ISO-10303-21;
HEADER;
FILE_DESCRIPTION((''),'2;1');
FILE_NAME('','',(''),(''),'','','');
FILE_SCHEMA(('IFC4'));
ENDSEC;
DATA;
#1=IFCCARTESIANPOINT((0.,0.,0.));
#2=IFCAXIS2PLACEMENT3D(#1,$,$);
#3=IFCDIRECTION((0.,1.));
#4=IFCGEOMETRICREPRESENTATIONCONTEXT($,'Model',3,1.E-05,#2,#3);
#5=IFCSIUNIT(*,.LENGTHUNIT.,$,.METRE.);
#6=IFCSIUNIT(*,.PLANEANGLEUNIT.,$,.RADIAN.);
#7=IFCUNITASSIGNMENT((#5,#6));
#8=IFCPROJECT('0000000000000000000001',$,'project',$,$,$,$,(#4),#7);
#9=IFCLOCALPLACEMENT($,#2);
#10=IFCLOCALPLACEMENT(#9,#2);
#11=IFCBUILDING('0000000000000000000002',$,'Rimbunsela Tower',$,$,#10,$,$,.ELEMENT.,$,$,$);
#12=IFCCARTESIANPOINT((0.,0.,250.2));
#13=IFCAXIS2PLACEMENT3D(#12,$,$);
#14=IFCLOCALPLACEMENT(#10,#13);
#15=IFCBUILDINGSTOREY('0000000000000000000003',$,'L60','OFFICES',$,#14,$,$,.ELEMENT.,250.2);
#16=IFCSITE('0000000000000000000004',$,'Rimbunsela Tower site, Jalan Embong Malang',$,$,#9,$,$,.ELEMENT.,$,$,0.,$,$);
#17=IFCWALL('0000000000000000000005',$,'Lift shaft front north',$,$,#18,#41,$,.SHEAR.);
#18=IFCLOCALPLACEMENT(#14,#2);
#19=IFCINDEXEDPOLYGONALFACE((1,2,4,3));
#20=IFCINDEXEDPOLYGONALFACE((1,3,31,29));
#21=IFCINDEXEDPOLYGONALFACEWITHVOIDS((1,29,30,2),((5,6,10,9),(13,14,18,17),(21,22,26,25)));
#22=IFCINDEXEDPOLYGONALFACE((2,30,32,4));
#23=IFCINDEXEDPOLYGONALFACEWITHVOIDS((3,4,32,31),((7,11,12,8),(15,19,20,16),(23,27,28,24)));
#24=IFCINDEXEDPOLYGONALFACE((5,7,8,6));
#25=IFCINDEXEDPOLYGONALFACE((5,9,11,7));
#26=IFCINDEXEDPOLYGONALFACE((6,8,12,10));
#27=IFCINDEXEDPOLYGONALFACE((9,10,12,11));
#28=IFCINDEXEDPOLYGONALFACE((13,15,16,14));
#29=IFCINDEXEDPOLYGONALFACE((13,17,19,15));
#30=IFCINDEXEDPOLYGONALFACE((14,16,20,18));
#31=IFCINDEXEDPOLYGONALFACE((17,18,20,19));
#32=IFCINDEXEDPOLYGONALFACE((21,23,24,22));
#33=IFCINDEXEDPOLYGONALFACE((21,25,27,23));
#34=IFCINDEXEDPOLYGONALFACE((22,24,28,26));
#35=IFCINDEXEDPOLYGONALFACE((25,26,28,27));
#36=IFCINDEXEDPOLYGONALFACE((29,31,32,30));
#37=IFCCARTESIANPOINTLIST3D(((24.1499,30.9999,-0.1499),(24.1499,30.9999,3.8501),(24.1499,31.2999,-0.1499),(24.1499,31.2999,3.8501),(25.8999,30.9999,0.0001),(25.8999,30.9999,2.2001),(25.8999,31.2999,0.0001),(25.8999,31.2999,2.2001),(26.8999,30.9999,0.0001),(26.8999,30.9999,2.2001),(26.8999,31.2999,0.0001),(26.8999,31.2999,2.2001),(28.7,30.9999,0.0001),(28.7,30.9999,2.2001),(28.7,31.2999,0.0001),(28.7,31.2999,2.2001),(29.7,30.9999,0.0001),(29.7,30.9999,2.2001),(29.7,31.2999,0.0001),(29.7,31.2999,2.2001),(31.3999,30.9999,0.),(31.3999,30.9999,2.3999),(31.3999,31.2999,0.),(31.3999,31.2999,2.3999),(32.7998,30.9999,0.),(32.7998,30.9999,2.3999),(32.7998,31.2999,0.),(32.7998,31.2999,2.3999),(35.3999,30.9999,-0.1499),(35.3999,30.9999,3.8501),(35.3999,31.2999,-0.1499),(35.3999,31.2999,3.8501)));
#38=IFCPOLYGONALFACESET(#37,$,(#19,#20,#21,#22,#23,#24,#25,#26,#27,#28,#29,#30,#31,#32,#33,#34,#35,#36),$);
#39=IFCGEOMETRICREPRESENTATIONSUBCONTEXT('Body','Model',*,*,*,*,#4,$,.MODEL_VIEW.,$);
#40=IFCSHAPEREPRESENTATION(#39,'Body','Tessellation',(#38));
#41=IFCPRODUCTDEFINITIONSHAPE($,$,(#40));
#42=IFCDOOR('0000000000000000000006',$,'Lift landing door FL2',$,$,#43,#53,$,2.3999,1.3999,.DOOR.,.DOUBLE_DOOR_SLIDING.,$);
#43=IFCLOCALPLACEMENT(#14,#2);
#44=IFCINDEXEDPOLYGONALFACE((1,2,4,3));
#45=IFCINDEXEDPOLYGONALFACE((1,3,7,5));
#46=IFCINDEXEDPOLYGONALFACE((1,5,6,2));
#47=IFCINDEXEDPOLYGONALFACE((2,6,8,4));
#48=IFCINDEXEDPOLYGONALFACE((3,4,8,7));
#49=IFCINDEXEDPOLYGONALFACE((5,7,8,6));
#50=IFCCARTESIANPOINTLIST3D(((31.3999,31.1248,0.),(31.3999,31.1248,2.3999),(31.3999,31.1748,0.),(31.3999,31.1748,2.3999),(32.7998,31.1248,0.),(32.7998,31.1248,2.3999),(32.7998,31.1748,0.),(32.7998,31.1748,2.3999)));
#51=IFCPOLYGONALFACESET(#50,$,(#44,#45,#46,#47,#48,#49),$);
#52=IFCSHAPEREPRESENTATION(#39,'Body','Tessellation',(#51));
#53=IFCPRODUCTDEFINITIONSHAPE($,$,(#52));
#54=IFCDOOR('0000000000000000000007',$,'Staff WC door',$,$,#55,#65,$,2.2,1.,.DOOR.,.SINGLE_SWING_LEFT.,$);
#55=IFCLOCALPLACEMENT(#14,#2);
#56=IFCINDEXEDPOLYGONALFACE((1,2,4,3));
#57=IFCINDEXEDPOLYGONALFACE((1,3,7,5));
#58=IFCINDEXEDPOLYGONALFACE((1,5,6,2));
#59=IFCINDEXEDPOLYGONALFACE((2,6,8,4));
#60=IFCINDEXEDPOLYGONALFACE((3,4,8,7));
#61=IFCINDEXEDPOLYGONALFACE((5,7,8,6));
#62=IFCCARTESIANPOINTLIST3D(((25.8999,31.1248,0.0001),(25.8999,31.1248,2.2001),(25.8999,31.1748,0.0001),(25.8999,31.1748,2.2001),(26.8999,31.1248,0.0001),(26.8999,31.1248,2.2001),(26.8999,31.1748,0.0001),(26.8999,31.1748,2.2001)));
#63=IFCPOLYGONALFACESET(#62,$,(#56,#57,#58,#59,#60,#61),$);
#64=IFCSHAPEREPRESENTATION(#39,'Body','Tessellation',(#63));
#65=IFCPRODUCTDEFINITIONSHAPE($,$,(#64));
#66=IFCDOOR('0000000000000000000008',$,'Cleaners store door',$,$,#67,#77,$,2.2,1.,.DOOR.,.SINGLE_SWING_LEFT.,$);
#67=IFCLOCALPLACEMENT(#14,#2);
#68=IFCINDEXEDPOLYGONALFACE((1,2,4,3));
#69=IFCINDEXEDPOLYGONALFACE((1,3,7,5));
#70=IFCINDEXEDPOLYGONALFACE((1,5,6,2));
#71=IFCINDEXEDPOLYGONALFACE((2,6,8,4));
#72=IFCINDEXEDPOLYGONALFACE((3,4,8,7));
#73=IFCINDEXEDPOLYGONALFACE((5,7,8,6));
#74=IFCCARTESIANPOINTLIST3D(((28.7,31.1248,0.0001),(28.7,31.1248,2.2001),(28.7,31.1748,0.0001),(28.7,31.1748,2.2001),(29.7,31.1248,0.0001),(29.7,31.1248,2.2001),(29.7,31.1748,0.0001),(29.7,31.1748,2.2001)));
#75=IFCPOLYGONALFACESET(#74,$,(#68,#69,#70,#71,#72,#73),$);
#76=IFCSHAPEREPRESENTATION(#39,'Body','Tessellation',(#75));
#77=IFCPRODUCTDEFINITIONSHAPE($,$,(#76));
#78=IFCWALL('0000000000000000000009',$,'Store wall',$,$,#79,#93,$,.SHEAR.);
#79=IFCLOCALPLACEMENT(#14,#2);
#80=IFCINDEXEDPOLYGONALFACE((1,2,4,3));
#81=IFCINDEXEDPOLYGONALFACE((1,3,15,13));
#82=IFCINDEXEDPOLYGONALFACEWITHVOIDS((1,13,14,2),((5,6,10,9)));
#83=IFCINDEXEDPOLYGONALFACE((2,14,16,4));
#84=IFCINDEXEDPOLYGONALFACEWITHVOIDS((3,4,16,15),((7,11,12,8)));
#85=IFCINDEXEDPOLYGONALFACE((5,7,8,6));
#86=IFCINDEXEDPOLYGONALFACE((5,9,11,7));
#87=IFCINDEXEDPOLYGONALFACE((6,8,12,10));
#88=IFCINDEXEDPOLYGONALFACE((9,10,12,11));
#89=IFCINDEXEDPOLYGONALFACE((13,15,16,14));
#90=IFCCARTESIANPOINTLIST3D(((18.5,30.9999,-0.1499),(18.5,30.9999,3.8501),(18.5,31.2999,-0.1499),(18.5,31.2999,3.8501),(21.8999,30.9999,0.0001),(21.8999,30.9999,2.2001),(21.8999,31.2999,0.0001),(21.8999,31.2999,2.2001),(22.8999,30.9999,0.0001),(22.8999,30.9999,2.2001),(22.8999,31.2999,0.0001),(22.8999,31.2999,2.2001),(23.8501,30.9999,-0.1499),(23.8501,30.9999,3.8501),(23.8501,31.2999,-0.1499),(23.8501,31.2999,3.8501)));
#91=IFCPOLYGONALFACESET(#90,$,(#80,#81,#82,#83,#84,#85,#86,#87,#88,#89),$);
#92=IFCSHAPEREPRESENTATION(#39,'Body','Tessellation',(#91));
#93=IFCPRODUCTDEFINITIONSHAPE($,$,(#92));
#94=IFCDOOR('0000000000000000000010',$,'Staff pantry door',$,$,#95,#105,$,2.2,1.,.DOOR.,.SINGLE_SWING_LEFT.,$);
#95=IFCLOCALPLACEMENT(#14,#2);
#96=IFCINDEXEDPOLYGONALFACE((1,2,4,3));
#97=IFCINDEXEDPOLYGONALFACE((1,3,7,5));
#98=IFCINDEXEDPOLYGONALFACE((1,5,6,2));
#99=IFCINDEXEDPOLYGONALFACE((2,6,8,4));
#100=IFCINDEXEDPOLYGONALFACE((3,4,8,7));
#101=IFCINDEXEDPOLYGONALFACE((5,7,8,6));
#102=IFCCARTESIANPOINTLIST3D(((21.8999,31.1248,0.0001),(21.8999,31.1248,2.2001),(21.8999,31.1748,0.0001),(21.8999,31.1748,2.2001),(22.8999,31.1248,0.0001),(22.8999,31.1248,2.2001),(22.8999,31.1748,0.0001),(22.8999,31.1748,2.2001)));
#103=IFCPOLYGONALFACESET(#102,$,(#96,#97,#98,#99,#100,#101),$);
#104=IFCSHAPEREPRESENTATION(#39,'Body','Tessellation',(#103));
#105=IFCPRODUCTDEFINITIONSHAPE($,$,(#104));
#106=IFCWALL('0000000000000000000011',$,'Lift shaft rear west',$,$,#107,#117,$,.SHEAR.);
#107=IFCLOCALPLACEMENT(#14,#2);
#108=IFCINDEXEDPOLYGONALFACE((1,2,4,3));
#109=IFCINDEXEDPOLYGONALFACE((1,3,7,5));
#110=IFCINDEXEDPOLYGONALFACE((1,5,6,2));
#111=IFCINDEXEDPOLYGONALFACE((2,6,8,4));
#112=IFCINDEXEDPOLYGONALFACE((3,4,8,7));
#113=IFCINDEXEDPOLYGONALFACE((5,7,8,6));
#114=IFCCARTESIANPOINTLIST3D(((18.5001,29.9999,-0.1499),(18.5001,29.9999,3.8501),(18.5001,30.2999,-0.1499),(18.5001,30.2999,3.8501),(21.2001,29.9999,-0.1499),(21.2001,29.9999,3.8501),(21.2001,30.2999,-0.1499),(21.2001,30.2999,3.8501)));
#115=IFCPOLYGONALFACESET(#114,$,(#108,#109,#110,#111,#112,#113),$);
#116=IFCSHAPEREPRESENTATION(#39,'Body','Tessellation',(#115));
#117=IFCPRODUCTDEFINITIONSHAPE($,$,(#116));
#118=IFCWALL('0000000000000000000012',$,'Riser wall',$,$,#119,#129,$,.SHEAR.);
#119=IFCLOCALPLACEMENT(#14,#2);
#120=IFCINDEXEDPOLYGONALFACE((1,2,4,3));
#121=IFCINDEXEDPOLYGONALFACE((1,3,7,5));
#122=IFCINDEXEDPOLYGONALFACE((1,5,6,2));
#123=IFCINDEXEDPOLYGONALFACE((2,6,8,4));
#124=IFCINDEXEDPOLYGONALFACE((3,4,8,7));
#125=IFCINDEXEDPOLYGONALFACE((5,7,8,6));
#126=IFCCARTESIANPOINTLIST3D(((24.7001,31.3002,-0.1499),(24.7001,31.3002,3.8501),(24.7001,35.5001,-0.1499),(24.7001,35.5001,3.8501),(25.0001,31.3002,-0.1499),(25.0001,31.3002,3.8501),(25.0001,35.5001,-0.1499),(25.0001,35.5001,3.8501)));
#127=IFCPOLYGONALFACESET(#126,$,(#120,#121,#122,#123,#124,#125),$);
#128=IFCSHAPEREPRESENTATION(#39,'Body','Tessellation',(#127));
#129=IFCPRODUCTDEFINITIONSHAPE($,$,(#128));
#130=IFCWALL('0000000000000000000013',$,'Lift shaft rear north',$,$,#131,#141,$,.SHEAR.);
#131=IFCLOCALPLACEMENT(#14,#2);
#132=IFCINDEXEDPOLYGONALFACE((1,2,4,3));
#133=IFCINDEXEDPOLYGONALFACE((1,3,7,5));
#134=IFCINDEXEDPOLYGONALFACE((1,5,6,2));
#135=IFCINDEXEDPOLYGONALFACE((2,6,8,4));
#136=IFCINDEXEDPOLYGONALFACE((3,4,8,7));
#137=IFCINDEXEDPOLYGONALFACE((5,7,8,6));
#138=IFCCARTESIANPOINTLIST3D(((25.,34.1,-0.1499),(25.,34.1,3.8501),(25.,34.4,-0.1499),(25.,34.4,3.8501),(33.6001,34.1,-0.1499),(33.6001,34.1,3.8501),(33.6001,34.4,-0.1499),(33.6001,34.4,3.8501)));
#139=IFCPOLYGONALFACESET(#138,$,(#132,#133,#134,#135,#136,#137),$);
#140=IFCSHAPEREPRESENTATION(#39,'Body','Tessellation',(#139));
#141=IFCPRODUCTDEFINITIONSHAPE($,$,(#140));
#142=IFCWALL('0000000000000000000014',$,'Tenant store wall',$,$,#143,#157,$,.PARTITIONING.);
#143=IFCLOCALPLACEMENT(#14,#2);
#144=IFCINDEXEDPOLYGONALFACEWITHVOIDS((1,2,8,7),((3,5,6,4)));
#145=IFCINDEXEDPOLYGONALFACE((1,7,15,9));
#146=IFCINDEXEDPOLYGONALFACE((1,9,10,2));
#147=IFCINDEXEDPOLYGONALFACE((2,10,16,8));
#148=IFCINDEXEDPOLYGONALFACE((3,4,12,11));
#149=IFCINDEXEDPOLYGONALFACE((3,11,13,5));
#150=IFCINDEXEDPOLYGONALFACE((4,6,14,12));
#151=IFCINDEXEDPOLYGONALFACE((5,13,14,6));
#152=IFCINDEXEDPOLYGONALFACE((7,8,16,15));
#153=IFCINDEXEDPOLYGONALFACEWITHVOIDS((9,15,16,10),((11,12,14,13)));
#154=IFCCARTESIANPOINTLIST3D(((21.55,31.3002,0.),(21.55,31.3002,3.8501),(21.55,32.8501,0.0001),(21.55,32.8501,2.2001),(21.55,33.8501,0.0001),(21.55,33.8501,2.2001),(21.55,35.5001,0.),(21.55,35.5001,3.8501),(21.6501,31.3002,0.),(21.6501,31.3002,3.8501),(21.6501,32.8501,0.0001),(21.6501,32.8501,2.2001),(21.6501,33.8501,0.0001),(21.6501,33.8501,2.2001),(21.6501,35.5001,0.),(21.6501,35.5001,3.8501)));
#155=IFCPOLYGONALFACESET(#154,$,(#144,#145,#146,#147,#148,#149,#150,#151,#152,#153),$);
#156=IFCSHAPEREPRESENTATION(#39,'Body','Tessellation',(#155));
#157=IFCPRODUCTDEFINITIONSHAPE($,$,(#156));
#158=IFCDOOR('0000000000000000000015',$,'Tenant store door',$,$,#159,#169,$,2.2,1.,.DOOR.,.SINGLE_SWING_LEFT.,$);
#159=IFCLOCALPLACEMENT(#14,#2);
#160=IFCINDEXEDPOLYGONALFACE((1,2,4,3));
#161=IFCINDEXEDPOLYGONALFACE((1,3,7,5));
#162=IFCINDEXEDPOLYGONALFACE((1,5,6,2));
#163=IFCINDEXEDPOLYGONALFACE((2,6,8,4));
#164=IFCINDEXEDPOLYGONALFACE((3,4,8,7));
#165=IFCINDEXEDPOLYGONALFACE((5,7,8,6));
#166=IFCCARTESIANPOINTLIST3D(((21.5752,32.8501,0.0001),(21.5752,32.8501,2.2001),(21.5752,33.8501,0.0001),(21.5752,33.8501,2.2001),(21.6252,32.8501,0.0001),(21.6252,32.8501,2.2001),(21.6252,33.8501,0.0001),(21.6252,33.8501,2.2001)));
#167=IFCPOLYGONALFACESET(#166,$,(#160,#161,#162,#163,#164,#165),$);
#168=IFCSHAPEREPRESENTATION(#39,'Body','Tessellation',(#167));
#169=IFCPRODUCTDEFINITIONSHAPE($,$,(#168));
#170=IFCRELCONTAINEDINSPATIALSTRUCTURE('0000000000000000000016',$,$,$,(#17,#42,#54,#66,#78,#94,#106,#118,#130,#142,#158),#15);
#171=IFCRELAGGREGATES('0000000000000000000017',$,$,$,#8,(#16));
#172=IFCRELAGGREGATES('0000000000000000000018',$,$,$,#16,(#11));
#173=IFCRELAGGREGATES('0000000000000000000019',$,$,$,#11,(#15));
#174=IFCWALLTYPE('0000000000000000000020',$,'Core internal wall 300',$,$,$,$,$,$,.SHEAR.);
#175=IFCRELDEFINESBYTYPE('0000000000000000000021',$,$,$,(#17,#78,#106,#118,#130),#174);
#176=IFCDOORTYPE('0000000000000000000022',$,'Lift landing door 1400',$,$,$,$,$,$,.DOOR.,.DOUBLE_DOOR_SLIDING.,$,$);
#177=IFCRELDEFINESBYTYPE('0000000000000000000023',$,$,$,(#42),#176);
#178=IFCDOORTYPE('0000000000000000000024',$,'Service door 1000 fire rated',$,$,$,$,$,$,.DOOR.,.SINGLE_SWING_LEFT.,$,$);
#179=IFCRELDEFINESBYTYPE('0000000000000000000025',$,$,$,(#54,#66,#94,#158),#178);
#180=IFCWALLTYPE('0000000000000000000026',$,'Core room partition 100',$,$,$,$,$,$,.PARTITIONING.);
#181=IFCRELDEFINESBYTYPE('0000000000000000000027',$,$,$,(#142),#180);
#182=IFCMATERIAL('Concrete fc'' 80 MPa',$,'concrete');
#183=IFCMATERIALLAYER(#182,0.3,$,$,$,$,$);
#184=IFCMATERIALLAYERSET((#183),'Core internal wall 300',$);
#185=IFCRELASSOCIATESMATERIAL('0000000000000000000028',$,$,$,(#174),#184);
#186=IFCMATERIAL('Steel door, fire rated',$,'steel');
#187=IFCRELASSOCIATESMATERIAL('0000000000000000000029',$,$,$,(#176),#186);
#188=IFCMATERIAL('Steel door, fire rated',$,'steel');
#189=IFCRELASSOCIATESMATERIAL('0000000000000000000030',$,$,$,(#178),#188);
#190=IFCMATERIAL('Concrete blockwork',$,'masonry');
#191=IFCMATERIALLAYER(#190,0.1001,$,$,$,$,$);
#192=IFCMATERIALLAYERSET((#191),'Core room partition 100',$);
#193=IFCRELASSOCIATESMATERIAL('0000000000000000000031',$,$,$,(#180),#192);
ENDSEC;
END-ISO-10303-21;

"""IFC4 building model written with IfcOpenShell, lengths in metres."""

from ifc_helpers import new_model, si_unit, direction, frame, frame_2d, origin, place, context, subcontext, project, spatial, rectangle, extrude, material, layer, layer_set, type_object, element, fill, save


model = new_model("IFC4")

# Units and contexts
model_context = context("Model", 3, precision=1e-05, world=origin(), true_north=direction((0.0, 1.0)))
body_context = subcontext(model_context, "Body", "Model", "MODEL_VIEW")
ifc_project = project(units=[si_unit("LENGTHUNIT", "METRE"), si_unit("PLANEANGLEUNIT", "RADIAN")], contexts=[model_context])

# Site, building, storey
site_placement = place(None, origin())
site = spatial("IfcSite", under=ifc_project, at=site_placement, Name="Rimbunsela Tower site, Jalan Embong Malang", CompositionType="ELEMENT", RefElevation=0.0)
building_placement = place(site_placement, origin())
building = spatial("IfcBuilding", under=site, at=building_placement, Name="Rimbunsela Tower", CompositionType="ELEMENT")
storey_placement = place(building_placement, frame((0.0, 0.0, 250.2)))
storey = spatial("IfcBuildingStorey", under=building, at=storey_placement, Name="L60", Description="OFFICES", CompositionType="ELEMENT", Elevation=250.2)

# Wall, openings, doors
ifc_material_1 = material(Name="Concrete fc' 80 MPa", Category="concrete")
ifc_layer_1 = layer(ifc_material_1, 0.3)
ifc_layer_set_1 = layer_set([ifc_layer_1], Name="Core internal wall 300")
wall_type_1 = type_object("IfcWallType", Name="Core internal wall 300", PredefinedType="SHEAR", material=ifc_layer_set_1)
wall_1_placement = place(storey_placement, frame((24.1499, 31.1499, -0.1499), z_axis=(0.0, 0.0, 1.0), x_axis=(1.0, 0.0, 0.0)))
wall_1 = element("IfcWall", 1, at=wall_1_placement, inside=storey, type_object=wall_type_1, Name="Lift shaft front north", PredefinedType="SHEAR", context=body_context, shape_type="SweptSolid", body=[
    extrude(rectangle(XDim=11.25, YDim=0.3, at=frame_2d((5.625, 0.0))), origin(), (0.0, 0.0, 1.0), 4.0),
])
opening_1_placement = place(wall_1_placement, frame((1.75, 0.0, 0.1499)))
opening_1 = element("IfcOpeningElement", 2, at=opening_1_placement, cuts=wall_1, PredefinedType="OPENING", context=body_context, shape_type="SweptSolid", body=[
    extrude(rectangle(XDim=1.0, YDim=2.2, at=frame_2d((0.5, 1.1001))), frame((0.0, 0.1599, 0.0), z_axis=(0.0, -1.0, 0.0), x_axis=(1.0, 0.0, 0.0)), (0.0, 0.0, 1.0), 0.3201),
])
opening_2_placement = place(wall_1_placement, frame((4.55, 0.0, 0.1499)))
opening_2 = element("IfcOpeningElement", 3, at=opening_2_placement, cuts=wall_1, PredefinedType="OPENING", context=body_context, shape_type="SweptSolid", body=[
    extrude(rectangle(XDim=1.0, YDim=2.2, at=frame_2d((0.5, 1.1001))), frame((0.0, 0.1599, 0.0), z_axis=(0.0, -1.0, 0.0), x_axis=(1.0, 0.0, 0.0)), (0.0, 0.0, 1.0), 0.3201),
])
opening_3_placement = place(wall_1_placement, frame((7.25, 0.0, 0.1499)))
opening_3 = element("IfcOpeningElement", 4, at=opening_3_placement, cuts=wall_1, PredefinedType="OPENING", context=body_context, shape_type="SweptSolid", body=[
    extrude(rectangle(XDim=1.3999, YDim=2.3999, at=frame_2d((0.7, 1.2))), frame((0.0, 0.1599, 0.0), z_axis=(0.0, -1.0, 0.0), x_axis=(1.0, 0.0, 0.0)), (0.0, 0.0, 1.0), 0.3201),
])
ifc_material_2 = material(Name="Steel door, fire rated", Category="steel")
door_type_1 = type_object("IfcDoorType", Name="Lift landing door 1400", OperationType="DOUBLE_DOOR_SLIDING", PredefinedType="DOOR", material=ifc_material_2)
door_1_placement = place(opening_3_placement, origin())
door_1 = element("IfcDoor", 5, at=door_1_placement, inside=storey, type_object=door_type_1, Name="Lift landing door FL2", OperationType="DOUBLE_DOOR_SLIDING", OverallHeight=2.3999, OverallWidth=1.3999, PredefinedType="DOOR", context=body_context, shape_type="SweptSolid", body=[
    extrude(rectangle(XDim=1.3999, YDim=2.3999, at=frame_2d((0.7, 1.2))), frame((0.0, 0.0249, 0.0), z_axis=(0.0, -1.0, 0.0), x_axis=(1.0, 0.0, 0.0)), (0.0, 0.0, 1.0), 0.05),
])
fill(opening_3, door_1)
ifc_material_3 = material(Name="Steel door, fire rated", Category="steel")
door_type_2 = type_object("IfcDoorType", Name="Service door 1000 fire rated", OperationType="SINGLE_SWING_LEFT", PredefinedType="DOOR", material=ifc_material_3)
door_2_placement = place(opening_1_placement, origin())
door_2 = element("IfcDoor", 6, at=door_2_placement, inside=storey, type_object=door_type_2, Name="Staff WC door", OperationType="SINGLE_SWING_LEFT", OverallHeight=2.2, OverallWidth=1.0, PredefinedType="DOOR", context=body_context, shape_type="SweptSolid", body=[
    extrude(rectangle(XDim=1.0, YDim=2.2, at=frame_2d((0.5, 1.1001))), frame((0.0, 0.0249, 0.0), z_axis=(0.0, -1.0, 0.0), x_axis=(1.0, 0.0, 0.0)), (0.0, 0.0, 1.0), 0.05),
])
fill(opening_1, door_2)
door_3_placement = place(opening_2_placement, origin())
door_3 = element("IfcDoor", 7, at=door_3_placement, inside=storey, type_object=door_type_2, Name="Cleaners store door", OperationType="SINGLE_SWING_LEFT", OverallHeight=2.2, OverallWidth=1.0, PredefinedType="DOOR", context=body_context, shape_type="SweptSolid", body=[
    extrude(rectangle(XDim=1.0, YDim=2.2, at=frame_2d((0.5, 1.1001))), frame((0.0, 0.0249, 0.0), z_axis=(0.0, -1.0, 0.0), x_axis=(1.0, 0.0, 0.0)), (0.0, 0.0, 1.0), 0.05),
])
fill(opening_2, door_3)

# Wall, opening, door
wall_2_placement = place(storey_placement, frame((18.5, 31.1499, -0.1499), z_axis=(0.0, 0.0, 1.0), x_axis=(1.0, 0.0, 0.0)))
wall_2 = element("IfcWall", 8, at=wall_2_placement, inside=storey, type_object=wall_type_1, Name="Store wall", PredefinedType="SHEAR", context=body_context, shape_type="SweptSolid", body=[
    extrude(rectangle(XDim=5.3501, YDim=0.3, at=frame_2d((2.675, 0.0))), origin(), (0.0, 0.0, 1.0), 4.0),
])
opening_4_placement = place(wall_2_placement, frame((3.3999, 0.0, 0.1499)))
opening_4 = element("IfcOpeningElement", 9, at=opening_4_placement, cuts=wall_2, PredefinedType="OPENING", context=body_context, shape_type="SweptSolid", body=[
    extrude(rectangle(XDim=1.0, YDim=2.2, at=frame_2d((0.5, 1.1001))), frame((0.0, 0.1599, 0.0), z_axis=(0.0, -1.0, 0.0), x_axis=(1.0, 0.0, 0.0)), (0.0, 0.0, 1.0), 0.3201),
])
door_4_placement = place(opening_4_placement, origin())
door_4 = element("IfcDoor", 10, at=door_4_placement, inside=storey, type_object=door_type_2, Name="Staff pantry door", OperationType="SINGLE_SWING_LEFT", OverallHeight=2.2, OverallWidth=1.0, PredefinedType="DOOR", context=body_context, shape_type="SweptSolid", body=[
    extrude(rectangle(XDim=1.0, YDim=2.2, at=frame_2d((0.5, 1.1001))), frame((0.0, 0.0249, 0.0), z_axis=(0.0, -1.0, 0.0), x_axis=(1.0, 0.0, 0.0)), (0.0, 0.0, 1.0), 0.05),
])
fill(opening_4, door_4)

# Walls
wall_3_placement = place(storey_placement, frame((18.5, 30.1499, -0.1499), z_axis=(0.0, 0.0, 1.0), x_axis=(1.0, 0.0, 0.0)))
element("IfcWall", 11, at=wall_3_placement, inside=storey, type_object=wall_type_1, Name="Lift shaft rear west", PredefinedType="SHEAR", context=body_context, shape_type="SweptSolid", body=[
    extrude(rectangle(XDim=2.7, YDim=0.3, at=frame_2d((1.3501, 0.0))), origin(), (0.0, 0.0, 1.0), 4.0),
])
wall_4_placement = place(storey_placement, frame((24.8501, 31.3, -0.1499), z_axis=(0.0, 0.0, 1.0), x_axis=(0.0, 1.0, 0.0)))
element("IfcWall", 12, at=wall_4_placement, inside=storey, type_object=wall_type_1, Name="Riser wall", PredefinedType="SHEAR", context=body_context, shape_type="SweptSolid", body=[
    extrude(rectangle(XDim=4.2, YDim=0.3, at=frame_2d((2.1001, 0.0))), origin(), (0.0, 0.0, 1.0), 4.0),
])
wall_5_placement = place(storey_placement, frame((25.0, 34.25, -0.1499), z_axis=(0.0, 0.0, 1.0), x_axis=(1.0, 0.0, 0.0)))
element("IfcWall", 13, at=wall_5_placement, inside=storey, type_object=wall_type_1, Name="Lift shaft rear north", PredefinedType="SHEAR", context=body_context, shape_type="SweptSolid", body=[
    extrude(rectangle(XDim=8.6001, YDim=0.3, at=frame_2d((4.3, 0.0))), origin(), (0.0, 0.0, 1.0), 4.0),
])

# Wall, opening, door
ifc_material_4 = material(Name="Concrete blockwork", Category="masonry")
ifc_layer_2 = layer(ifc_material_4, 0.1001)
ifc_layer_set_2 = layer_set([ifc_layer_2], Name="Core room partition 100")
wall_type_2 = type_object("IfcWallType", Name="Core room partition 100", PredefinedType="PARTITIONING", material=ifc_layer_set_2)
wall_6_placement = place(storey_placement, frame((21.6001, 31.3, 0.0), z_axis=(0.0, 0.0, 1.0), x_axis=(0.0, 1.0, 0.0)))
wall_6 = element("IfcWall", 14, at=wall_6_placement, inside=storey, type_object=wall_type_2, Name="Tenant store wall", PredefinedType="PARTITIONING", context=body_context, shape_type="SweptSolid", body=[
    extrude(rectangle(XDim=4.2, YDim=0.1001, at=frame_2d((2.1001, 0.0))), origin(), (0.0, 0.0, 1.0), 3.8501),
])
opening_5_placement = place(wall_6_placement, frame((1.55, 0.0, 0.0)))
opening_5 = element("IfcOpeningElement", 15, at=opening_5_placement, cuts=wall_6, PredefinedType="OPENING", context=body_context, shape_type="SweptSolid", body=[
    extrude(rectangle(XDim=1.0, YDim=2.2, at=frame_2d((0.5, 1.1001))), frame((0.0, 0.0601, 0.0), z_axis=(0.0, -1.0, 0.0), x_axis=(1.0, 0.0, 0.0)), (0.0, 0.0, 1.0), 0.1201),
])
door_5_placement = place(opening_5_placement, origin())
door_5 = element("IfcDoor", 16, at=door_5_placement, inside=storey, type_object=door_type_2, Name="Tenant store door", OperationType="SINGLE_SWING_LEFT", OverallHeight=2.2, OverallWidth=1.0, PredefinedType="DOOR", context=body_context, shape_type="SweptSolid", body=[
    extrude(rectangle(XDim=1.0, YDim=2.2, at=frame_2d((0.5, 1.1001))), frame((0.0, 0.0249, 0.0), z_axis=(0.0, -1.0, 0.0), x_axis=(1.0, 0.0, 0.0)), (0.0, 0.0, 1.0), 0.05),
])
fill(opening_5, door_5)

save(model, "model.ifc")
